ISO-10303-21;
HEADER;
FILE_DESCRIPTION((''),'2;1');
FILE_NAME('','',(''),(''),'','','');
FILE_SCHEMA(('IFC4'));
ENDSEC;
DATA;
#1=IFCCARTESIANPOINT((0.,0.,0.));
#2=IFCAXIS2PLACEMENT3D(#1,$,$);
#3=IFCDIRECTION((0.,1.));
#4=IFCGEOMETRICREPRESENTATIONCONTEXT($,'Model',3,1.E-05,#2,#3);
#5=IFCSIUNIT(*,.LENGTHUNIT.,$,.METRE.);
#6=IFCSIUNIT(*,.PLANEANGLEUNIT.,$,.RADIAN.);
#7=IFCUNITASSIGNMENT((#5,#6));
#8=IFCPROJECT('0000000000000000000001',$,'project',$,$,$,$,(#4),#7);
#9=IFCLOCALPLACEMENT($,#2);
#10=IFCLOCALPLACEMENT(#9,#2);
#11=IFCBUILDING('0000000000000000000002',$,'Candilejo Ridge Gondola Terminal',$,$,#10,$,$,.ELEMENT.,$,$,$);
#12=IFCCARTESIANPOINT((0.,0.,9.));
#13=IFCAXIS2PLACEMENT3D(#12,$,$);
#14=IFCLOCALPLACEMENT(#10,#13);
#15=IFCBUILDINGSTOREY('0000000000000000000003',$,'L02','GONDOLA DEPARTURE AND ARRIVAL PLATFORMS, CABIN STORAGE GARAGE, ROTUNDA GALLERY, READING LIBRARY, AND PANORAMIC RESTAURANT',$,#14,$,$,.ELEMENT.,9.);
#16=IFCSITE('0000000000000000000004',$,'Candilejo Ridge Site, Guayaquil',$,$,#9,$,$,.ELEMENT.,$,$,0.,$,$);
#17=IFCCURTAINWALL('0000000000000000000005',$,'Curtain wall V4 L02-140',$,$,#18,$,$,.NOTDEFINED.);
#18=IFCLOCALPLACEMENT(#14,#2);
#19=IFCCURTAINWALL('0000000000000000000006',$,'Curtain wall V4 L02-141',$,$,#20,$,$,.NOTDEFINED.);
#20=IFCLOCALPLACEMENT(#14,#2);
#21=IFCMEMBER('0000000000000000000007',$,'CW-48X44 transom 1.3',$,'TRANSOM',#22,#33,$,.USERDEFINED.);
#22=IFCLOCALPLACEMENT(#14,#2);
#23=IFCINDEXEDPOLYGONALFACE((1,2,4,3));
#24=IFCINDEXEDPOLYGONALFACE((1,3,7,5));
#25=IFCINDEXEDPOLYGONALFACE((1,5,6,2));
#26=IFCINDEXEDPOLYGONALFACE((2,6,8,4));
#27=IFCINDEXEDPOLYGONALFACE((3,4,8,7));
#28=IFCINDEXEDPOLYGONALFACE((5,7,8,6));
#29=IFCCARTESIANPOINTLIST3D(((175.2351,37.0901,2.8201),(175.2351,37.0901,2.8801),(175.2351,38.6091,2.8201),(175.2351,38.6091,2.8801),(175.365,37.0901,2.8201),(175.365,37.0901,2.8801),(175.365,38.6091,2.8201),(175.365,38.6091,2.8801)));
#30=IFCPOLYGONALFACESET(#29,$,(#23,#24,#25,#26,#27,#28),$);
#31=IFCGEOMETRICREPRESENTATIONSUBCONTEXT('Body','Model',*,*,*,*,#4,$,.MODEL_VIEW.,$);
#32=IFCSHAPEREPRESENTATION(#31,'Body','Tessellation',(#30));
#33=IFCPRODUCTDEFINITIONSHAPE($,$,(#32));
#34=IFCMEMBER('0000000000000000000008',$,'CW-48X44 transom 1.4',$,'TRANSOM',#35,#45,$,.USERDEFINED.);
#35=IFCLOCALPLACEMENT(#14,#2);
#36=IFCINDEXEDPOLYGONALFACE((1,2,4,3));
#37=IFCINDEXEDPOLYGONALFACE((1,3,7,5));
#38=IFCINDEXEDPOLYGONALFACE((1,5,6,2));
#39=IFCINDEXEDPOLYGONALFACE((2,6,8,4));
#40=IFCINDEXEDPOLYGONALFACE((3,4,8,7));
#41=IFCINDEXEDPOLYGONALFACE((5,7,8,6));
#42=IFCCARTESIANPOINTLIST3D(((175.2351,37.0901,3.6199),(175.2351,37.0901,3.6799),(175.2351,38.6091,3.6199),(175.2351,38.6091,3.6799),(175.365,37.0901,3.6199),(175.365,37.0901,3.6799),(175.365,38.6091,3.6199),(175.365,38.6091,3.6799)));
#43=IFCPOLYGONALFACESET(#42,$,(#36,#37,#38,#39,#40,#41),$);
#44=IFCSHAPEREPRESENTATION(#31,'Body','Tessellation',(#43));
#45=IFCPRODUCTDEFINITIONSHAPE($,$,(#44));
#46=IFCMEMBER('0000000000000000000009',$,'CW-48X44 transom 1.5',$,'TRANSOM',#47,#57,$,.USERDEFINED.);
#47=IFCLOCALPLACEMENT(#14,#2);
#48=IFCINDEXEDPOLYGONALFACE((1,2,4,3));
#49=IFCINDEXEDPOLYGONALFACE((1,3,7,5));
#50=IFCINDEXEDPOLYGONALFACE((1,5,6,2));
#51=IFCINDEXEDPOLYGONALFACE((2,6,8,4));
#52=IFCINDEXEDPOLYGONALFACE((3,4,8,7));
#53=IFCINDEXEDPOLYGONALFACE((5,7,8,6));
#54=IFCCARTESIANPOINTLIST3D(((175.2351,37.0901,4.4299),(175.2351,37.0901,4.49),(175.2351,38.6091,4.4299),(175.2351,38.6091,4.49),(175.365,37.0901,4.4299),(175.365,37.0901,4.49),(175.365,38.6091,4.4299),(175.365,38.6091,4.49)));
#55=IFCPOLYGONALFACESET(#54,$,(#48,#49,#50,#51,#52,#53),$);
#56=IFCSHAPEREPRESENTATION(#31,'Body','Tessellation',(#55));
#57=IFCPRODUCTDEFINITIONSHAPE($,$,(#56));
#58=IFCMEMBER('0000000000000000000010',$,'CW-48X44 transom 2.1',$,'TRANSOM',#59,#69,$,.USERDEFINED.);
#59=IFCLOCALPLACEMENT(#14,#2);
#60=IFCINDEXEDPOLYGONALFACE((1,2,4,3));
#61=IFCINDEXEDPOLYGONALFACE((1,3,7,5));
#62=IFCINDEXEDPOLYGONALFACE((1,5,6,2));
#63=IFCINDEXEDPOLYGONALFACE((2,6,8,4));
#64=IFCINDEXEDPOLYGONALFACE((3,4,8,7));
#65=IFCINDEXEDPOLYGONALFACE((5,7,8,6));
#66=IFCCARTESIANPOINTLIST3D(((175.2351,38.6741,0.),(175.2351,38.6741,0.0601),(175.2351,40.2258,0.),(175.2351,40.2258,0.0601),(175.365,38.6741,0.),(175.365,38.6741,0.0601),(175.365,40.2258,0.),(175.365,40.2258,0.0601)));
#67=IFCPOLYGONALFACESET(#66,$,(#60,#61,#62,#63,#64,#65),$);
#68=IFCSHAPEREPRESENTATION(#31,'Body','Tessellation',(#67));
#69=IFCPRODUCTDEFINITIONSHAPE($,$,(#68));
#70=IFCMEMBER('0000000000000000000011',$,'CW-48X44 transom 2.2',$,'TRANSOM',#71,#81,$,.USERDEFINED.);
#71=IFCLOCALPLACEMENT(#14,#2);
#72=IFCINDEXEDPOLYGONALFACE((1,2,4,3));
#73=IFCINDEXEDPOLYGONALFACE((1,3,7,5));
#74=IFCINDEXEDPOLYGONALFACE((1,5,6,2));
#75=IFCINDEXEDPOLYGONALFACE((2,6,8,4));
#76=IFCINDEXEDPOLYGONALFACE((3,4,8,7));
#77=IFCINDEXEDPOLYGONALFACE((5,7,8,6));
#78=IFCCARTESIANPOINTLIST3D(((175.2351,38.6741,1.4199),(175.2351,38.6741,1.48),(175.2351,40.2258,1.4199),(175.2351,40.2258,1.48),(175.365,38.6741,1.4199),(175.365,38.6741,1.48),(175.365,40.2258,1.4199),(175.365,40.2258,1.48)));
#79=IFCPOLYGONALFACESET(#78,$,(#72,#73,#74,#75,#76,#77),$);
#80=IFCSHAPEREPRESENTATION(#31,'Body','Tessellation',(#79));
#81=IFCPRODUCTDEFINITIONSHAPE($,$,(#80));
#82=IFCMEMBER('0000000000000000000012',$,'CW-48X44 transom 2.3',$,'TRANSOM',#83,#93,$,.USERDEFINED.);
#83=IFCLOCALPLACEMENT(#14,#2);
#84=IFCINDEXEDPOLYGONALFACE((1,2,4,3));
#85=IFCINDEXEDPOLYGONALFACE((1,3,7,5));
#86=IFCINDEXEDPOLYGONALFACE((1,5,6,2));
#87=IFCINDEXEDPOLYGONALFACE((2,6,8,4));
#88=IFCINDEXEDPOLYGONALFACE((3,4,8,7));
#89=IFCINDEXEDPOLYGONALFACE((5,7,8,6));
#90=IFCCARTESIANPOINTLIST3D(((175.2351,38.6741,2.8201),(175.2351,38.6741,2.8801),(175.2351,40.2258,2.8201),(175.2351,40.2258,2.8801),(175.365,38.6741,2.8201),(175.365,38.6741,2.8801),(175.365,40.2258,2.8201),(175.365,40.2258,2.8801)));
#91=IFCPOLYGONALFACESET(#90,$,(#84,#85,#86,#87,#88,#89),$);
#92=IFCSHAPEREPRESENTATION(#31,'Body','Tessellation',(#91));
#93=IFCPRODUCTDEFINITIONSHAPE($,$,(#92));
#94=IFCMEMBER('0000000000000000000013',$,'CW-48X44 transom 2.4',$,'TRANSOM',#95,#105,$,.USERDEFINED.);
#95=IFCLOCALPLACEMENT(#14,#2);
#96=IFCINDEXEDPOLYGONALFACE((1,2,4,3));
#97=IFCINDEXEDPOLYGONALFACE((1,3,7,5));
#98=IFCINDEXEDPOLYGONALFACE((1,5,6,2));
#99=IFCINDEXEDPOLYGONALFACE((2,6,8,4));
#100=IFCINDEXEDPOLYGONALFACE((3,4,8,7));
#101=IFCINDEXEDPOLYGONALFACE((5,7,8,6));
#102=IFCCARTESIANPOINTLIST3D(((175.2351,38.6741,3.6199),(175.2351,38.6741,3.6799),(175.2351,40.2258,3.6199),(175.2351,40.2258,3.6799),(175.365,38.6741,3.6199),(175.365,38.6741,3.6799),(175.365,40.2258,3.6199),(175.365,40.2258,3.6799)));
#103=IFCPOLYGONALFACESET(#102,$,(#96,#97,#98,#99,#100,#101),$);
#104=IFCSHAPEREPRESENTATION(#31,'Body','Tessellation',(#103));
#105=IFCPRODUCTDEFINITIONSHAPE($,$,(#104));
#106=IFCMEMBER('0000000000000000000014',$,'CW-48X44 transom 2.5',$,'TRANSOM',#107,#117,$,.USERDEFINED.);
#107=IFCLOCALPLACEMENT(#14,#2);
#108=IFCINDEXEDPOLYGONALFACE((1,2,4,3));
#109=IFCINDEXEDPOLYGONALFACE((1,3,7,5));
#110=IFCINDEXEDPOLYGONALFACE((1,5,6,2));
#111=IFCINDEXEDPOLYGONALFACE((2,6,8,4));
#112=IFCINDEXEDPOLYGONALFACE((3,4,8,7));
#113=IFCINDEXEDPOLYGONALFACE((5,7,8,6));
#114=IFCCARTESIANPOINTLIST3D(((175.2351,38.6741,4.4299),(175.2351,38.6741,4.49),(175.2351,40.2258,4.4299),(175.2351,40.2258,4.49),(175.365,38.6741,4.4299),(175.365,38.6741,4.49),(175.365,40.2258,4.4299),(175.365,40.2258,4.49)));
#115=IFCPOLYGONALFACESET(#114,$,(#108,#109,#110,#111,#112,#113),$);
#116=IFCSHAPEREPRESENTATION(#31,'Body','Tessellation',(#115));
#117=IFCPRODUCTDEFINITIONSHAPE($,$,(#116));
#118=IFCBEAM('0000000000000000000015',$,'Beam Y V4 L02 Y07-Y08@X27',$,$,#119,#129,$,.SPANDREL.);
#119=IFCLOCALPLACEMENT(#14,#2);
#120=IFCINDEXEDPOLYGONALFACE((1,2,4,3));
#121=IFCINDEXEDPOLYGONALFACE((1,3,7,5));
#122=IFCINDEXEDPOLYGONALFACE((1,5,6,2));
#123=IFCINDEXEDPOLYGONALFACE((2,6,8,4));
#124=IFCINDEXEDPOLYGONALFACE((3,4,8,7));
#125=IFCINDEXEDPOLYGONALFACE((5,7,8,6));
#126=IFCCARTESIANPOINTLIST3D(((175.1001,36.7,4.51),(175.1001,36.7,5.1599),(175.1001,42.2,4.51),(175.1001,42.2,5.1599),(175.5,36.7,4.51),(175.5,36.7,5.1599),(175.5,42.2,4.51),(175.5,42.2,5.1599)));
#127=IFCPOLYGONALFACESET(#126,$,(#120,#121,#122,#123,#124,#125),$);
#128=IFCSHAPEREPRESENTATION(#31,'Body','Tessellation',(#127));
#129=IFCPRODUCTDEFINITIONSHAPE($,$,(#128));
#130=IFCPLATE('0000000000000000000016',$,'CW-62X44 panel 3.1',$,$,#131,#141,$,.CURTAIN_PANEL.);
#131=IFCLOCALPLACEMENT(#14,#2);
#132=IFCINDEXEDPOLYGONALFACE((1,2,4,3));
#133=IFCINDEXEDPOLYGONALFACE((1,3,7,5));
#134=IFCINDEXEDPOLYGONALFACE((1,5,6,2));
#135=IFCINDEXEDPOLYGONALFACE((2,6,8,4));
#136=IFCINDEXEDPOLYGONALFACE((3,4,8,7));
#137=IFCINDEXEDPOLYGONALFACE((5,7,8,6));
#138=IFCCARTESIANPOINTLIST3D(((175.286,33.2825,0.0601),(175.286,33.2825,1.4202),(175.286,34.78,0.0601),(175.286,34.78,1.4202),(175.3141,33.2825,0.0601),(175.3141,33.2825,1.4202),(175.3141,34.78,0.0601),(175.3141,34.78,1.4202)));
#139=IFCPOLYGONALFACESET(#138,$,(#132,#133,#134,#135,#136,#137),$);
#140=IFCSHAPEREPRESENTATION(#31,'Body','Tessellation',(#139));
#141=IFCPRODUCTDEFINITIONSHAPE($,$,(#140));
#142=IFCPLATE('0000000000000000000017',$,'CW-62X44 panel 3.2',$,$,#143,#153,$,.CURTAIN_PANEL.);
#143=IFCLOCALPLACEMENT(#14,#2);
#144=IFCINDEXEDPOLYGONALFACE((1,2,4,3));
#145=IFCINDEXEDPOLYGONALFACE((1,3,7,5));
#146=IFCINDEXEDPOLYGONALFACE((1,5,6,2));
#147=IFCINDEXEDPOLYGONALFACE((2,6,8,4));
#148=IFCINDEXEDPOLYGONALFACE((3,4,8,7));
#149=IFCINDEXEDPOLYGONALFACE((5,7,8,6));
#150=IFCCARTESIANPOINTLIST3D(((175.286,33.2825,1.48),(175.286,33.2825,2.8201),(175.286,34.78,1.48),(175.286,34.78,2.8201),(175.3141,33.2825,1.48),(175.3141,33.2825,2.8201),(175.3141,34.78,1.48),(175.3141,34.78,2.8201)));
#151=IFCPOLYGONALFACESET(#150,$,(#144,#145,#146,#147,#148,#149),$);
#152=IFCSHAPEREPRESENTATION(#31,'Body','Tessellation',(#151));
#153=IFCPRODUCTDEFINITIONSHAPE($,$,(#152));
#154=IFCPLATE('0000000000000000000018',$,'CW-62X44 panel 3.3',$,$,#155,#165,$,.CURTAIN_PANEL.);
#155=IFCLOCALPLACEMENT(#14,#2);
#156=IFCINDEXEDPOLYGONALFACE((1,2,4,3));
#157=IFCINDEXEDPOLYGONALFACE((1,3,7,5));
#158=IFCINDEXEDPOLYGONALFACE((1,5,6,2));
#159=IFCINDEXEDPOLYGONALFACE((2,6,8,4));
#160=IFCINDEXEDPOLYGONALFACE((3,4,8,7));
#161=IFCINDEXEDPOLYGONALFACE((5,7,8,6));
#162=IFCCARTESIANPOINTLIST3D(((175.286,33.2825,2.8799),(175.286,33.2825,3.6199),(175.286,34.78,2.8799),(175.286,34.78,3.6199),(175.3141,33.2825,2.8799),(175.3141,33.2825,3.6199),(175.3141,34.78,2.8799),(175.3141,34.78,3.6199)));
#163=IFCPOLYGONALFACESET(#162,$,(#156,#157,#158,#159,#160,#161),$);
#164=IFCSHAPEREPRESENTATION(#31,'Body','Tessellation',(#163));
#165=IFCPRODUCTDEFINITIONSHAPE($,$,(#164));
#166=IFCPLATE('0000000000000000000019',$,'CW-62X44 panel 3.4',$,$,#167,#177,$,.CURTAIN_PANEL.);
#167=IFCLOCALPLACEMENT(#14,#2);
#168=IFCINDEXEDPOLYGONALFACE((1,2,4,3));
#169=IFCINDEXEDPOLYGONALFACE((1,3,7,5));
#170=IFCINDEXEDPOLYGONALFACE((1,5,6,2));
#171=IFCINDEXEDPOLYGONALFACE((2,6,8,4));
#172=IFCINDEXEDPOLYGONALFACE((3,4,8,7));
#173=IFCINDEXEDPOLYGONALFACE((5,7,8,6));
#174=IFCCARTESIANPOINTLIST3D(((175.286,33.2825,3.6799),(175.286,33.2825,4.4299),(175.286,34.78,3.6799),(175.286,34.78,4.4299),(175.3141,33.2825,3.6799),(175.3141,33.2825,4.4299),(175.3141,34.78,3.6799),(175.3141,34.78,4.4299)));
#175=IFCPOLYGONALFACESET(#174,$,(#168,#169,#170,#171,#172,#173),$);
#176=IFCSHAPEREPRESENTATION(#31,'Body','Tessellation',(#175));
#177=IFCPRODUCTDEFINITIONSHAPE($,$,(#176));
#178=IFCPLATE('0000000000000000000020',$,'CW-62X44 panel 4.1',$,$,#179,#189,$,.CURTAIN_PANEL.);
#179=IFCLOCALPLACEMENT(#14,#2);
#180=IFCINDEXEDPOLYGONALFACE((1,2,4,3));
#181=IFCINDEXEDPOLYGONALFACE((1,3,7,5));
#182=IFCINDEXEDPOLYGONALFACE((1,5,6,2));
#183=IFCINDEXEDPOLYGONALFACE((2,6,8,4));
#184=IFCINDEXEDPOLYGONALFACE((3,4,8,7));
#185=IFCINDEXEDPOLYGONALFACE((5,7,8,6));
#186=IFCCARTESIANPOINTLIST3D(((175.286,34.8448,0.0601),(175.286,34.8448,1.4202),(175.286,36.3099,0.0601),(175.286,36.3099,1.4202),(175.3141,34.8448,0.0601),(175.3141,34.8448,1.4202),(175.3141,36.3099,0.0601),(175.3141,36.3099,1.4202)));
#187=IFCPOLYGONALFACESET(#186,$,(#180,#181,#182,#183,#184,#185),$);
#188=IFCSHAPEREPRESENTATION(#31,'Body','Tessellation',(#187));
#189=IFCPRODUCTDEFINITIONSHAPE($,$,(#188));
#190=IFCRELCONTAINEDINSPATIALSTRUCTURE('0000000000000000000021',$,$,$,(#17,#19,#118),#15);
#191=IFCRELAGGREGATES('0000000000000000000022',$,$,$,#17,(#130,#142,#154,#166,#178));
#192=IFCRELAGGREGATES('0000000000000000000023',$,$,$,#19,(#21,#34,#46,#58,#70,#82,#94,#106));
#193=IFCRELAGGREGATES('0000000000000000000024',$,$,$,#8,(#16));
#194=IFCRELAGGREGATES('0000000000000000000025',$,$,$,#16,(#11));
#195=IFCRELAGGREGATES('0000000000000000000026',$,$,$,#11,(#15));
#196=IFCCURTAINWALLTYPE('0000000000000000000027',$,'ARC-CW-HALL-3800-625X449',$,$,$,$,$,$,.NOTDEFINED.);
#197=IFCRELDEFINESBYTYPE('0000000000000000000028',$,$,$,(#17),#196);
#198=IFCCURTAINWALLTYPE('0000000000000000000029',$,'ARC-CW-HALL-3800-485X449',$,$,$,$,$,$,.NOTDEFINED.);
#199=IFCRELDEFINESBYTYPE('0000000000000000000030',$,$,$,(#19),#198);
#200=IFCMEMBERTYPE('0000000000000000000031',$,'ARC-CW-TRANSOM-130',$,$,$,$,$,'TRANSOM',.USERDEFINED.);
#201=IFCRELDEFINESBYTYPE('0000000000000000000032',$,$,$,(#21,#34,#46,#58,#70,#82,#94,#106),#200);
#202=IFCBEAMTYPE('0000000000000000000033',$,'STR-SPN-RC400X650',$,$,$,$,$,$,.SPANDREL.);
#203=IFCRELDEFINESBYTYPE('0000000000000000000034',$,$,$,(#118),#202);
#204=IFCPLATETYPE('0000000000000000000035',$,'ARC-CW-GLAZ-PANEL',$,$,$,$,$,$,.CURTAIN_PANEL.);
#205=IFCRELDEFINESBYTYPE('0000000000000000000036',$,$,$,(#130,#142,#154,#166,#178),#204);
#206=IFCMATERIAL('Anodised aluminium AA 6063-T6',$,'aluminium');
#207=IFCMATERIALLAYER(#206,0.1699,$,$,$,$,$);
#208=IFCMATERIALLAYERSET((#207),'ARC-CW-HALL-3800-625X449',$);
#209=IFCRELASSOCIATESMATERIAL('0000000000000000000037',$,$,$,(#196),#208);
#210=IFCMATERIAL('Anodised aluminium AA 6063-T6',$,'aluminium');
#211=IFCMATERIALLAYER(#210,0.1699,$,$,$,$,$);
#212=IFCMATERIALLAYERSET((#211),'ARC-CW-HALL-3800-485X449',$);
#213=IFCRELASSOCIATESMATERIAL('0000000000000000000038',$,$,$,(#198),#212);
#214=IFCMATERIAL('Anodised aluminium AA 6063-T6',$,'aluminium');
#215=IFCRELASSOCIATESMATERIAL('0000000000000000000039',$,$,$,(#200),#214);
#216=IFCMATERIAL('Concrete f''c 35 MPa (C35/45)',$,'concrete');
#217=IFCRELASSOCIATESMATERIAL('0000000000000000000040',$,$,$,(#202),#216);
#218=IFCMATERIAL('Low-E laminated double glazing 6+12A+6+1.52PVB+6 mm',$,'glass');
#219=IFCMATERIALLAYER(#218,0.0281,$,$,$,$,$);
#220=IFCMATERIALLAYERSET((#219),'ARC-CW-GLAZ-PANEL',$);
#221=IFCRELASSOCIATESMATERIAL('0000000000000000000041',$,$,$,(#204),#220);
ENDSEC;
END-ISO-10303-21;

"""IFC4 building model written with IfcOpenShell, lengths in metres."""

from ifc_helpers import new_model, si_unit, direction, frame, origin, origin_2d, place, context, subcontext, project, spatial, rectangle, extrude, material, layer, layer_set, material_profile, profile_set, type_object, element, aggregate, save


model = new_model("IFC4")

# Units and contexts
model_context = context("Model", 3, precision=1e-05, world=origin(), true_north=direction((0.0, 1.0)))
body_context = subcontext(model_context, "Body", "Model", "MODEL_VIEW")
ifc_project = project(units=[si_unit("LENGTHUNIT", "METRE"), si_unit("PLANEANGLEUNIT", "RADIAN")], contexts=[model_context])

# Site, building, storey
site_placement = place(None, origin())
site = spatial("IfcSite", under=ifc_project, at=site_placement, Name="Candilejo Ridge Site, Guayaquil", CompositionType="ELEMENT", RefElevation=0.0)
building_placement = place(site_placement, origin())
building = spatial("IfcBuilding", under=site, at=building_placement, Name="Candilejo Ridge Gondola Terminal", CompositionType="ELEMENT")
storey_placement = place(building_placement, frame((0.0, 0.0, 9.0)))
storey = spatial("IfcBuildingStorey", under=building, at=storey_placement, Name="L02", Description="GONDOLA DEPARTURE AND ARRIVAL PLATFORMS, CABIN STORAGE GARAGE, ROTUNDA GALLERY, READING LIBRARY, AND PANORAMIC RESTAURANT", CompositionType="ELEMENT", Elevation=9.0)

# Curtain walls
ifc_material_1 = material(Name="Anodised aluminium AA 6063-T6", Category="aluminium")
ifc_layer_1 = layer(ifc_material_1, 0.1699)
ifc_layer_set_1 = layer_set([ifc_layer_1], Name="ARC-CW-HALL-3800-625X449")
curtain_wall_type_1 = type_object("IfcCurtainWallType", Name="ARC-CW-HALL-3800-625X449", PredefinedType="NOTDEFINED", material=ifc_layer_set_1)
curtain_wall_1_placement = place(storey_placement, origin())
curtain_wall_1 = element("IfcCurtainWall", 1, at=curtain_wall_1_placement, inside=storey, type_object=curtain_wall_type_1, Name="Curtain wall V4 L02-140", PredefinedType="NOTDEFINED")
ifc_material_2 = material(Name="Anodised aluminium AA 6063-T6", Category="aluminium")
ifc_layer_2 = layer(ifc_material_2, 0.1699)
ifc_layer_set_2 = layer_set([ifc_layer_2], Name="ARC-CW-HALL-3800-485X449")
curtain_wall_type_2 = type_object("IfcCurtainWallType", Name="ARC-CW-HALL-3800-485X449", PredefinedType="NOTDEFINED", material=ifc_layer_set_2)
curtain_wall_2_placement = place(storey_placement, origin())
curtain_wall_2 = element("IfcCurtainWall", 2, at=curtain_wall_2_placement, inside=storey, type_object=curtain_wall_type_2, Name="Curtain wall V4 L02-141", PredefinedType="NOTDEFINED")

# Members
ifc_material_3 = material(Name="Anodised aluminium AA 6063-T6", Category="aluminium")
ifc_material_profile_1 = material_profile(ifc_material_3, rectangle(XDim=0.1299, YDim=0.0601, at=origin_2d()))
ifc_profile_set_1 = profile_set([ifc_material_profile_1], Name="Anodised aluminium AA 6063-T6")
member_type_1 = type_object("IfcMemberType", Name="ARC-CW-TRANSOM-130", ElementType="TRANSOM", PredefinedType="USERDEFINED", material=ifc_profile_set_1)
member_1_placement = place(storey_placement, frame((175.3, 37.0901, 2.8501), z_axis=(0.0, 1.0, 0.0), x_axis=(-1.0, 0.0, 0.0)))
member_1 = element("IfcMember", 3, at=member_1_placement, type_object=member_type_1, Name="CW-48X44 transom 1.3", ObjectType="TRANSOM", PredefinedType="USERDEFINED", context=body_context, shape_type="SweptSolid", body=[
    extrude(rectangle(XDim=0.1299, YDim=0.0601, at=origin_2d()), origin(), (0.0, 0.0, 1.0), 1.519),
])
member_2_placement = place(storey_placement, frame((175.3, 37.0901, 3.6499), z_axis=(0.0, 1.0, 0.0), x_axis=(-1.0, 0.0, 0.0)))
member_2 = element("IfcMember", 4, at=member_2_placement, type_object=member_type_1, Name="CW-48X44 transom 1.4", ObjectType="TRANSOM", PredefinedType="USERDEFINED", context=body_context, shape_type="SweptSolid", body=[
    extrude(rectangle(XDim=0.1299, YDim=0.0601, at=origin_2d()), origin(), (0.0, 0.0, 1.0), 1.519),
])
member_3_placement = place(storey_placement, frame((175.3, 37.0901, 4.46), z_axis=(0.0, 1.0, 0.0), x_axis=(-1.0, 0.0, 0.0)))
member_3 = element("IfcMember", 5, at=member_3_placement, type_object=member_type_1, Name="CW-48X44 transom 1.5", ObjectType="TRANSOM", PredefinedType="USERDEFINED", context=body_context, shape_type="SweptSolid", body=[
    extrude(rectangle(XDim=0.1299, YDim=0.0601, at=origin_2d()), origin(), (0.0, 0.0, 1.0), 1.519),
])
member_4_placement = place(storey_placement, frame((175.3, 38.6741, 0.03), z_axis=(0.0, 1.0, 0.0), x_axis=(-1.0, 0.0, 0.0)))
member_4 = element("IfcMember", 6, at=member_4_placement, type_object=member_type_1, Name="CW-48X44 transom 2.1", ObjectType="TRANSOM", PredefinedType="USERDEFINED", context=body_context, shape_type="SweptSolid", body=[
    extrude(rectangle(XDim=0.1299, YDim=0.0601, at=origin_2d()), origin(), (0.0, 0.0, 1.0), 1.5518),
])
member_5_placement = place(storey_placement, frame((175.3, 38.6741, 1.45), z_axis=(0.0, 1.0, 0.0), x_axis=(-1.0, 0.0, 0.0)))
member_5 = element("IfcMember", 7, at=member_5_placement, type_object=member_type_1, Name="CW-48X44 transom 2.2", ObjectType="TRANSOM", PredefinedType="USERDEFINED", context=body_context, shape_type="SweptSolid", body=[
    extrude(rectangle(XDim=0.1299, YDim=0.0601, at=origin_2d()), origin(), (0.0, 0.0, 1.0), 1.5518),
])
member_6_placement = place(storey_placement, frame((175.3, 38.6741, 2.8501), z_axis=(0.0, 1.0, 0.0), x_axis=(-1.0, 0.0, 0.0)))
member_6 = element("IfcMember", 8, at=member_6_placement, type_object=member_type_1, Name="CW-48X44 transom 2.3", ObjectType="TRANSOM", PredefinedType="USERDEFINED", context=body_context, shape_type="SweptSolid", body=[
    extrude(rectangle(XDim=0.1299, YDim=0.0601, at=origin_2d()), origin(), (0.0, 0.0, 1.0), 1.5518),
])
member_7_placement = place(storey_placement, frame((175.3, 38.6741, 3.6499), z_axis=(0.0, 1.0, 0.0), x_axis=(-1.0, 0.0, 0.0)))
member_7 = element("IfcMember", 9, at=member_7_placement, type_object=member_type_1, Name="CW-48X44 transom 2.4", ObjectType="TRANSOM", PredefinedType="USERDEFINED", context=body_context, shape_type="SweptSolid", body=[
    extrude(rectangle(XDim=0.1299, YDim=0.0601, at=origin_2d()), origin(), (0.0, 0.0, 1.0), 1.5518),
])
member_8_placement = place(storey_placement, frame((175.3, 38.6741, 4.46), z_axis=(0.0, 1.0, 0.0), x_axis=(-1.0, 0.0, 0.0)))
member_8 = element("IfcMember", 10, at=member_8_placement, type_object=member_type_1, Name="CW-48X44 transom 2.5", ObjectType="TRANSOM", PredefinedType="USERDEFINED", context=body_context, shape_type="SweptSolid", body=[
    extrude(rectangle(XDim=0.1299, YDim=0.0601, at=origin_2d()), origin(), (0.0, 0.0, 1.0), 1.5518),
])

# Beam
ifc_material_4 = material(Name="Concrete f'c 35 MPa (C35/45)", Category="concrete")
ifc_material_profile_2 = material_profile(ifc_material_4, rectangle(XDim=0.3999, YDim=0.6499, at=origin_2d()))
ifc_profile_set_2 = profile_set([ifc_material_profile_2], Name="Concrete f'c 35 MPa (C35/45)")
beam_type = type_object("IfcBeamType", Name="STR-SPN-RC400X650", PredefinedType="SPANDREL", material=ifc_profile_set_2)
beam_placement = place(storey_placement, frame((175.3, 36.7, 4.835), z_axis=(0.0, 1.0, 0.0), x_axis=(-1.0, 0.0, 0.0)))
element("IfcBeam", 11, at=beam_placement, inside=storey, type_object=beam_type, Name="Beam Y V4 L02 Y07-Y08@X27", PredefinedType="SPANDREL", context=body_context, shape_type="SweptSolid", body=[
    extrude(rectangle(XDim=0.3999, YDim=0.6499, at=origin_2d()), origin(), (0.0, 0.0, 1.0), 5.5),
])

# Plates
ifc_material_5 = material(Name="Low-E laminated double glazing 6+12A+6+1.52PVB+6 mm", Category="glass")
ifc_layer_3 = layer(ifc_material_5, 0.0281)
ifc_layer_set_3 = layer_set([ifc_layer_3], Name="ARC-CW-GLAZ-PANEL")
plate_type = type_object("IfcPlateType", Name="ARC-CW-GLAZ-PANEL", PredefinedType="CURTAIN_PANEL", material=ifc_layer_set_3)
plate_1_placement = place(storey_placement, frame((175.3, 34.0312, 0.0601), z_axis=(0.0, 0.0, 1.0), x_axis=(0.0, 1.0, 0.0)))
plate_1 = element("IfcPlate", 12, at=plate_1_placement, type_object=plate_type, Name="CW-62X44 panel 3.1", PredefinedType="CURTAIN_PANEL", context=body_context, shape_type="SweptSolid", body=[
    extrude(rectangle(XDim=1.4976, YDim=0.0281, at=origin_2d()), origin(), (0.0, 0.0, 1.0), 1.3601),
])
plate_2_placement = place(storey_placement, frame((175.3, 34.0312, 1.48), z_axis=(0.0, 0.0, 1.0), x_axis=(0.0, 1.0, 0.0)))
plate_2 = element("IfcPlate", 13, at=plate_2_placement, type_object=plate_type, Name="CW-62X44 panel 3.2", PredefinedType="CURTAIN_PANEL", context=body_context, shape_type="SweptSolid", body=[
    extrude(rectangle(XDim=1.4976, YDim=0.0281, at=origin_2d()), origin(), (0.0, 0.0, 1.0), 1.3401),
])
plate_3_placement = place(storey_placement, frame((175.3, 34.0312, 2.8799), z_axis=(0.0, 0.0, 1.0), x_axis=(0.0, 1.0, 0.0)))
plate_3 = element("IfcPlate", 14, at=plate_3_placement, type_object=plate_type, Name="CW-62X44 panel 3.3", PredefinedType="CURTAIN_PANEL", context=body_context, shape_type="SweptSolid", body=[
    extrude(rectangle(XDim=1.4976, YDim=0.0281, at=origin_2d()), origin(), (0.0, 0.0, 1.0), 0.74),
])
plate_4_placement = place(storey_placement, frame((175.3, 34.0312, 3.6799), z_axis=(0.0, 0.0, 1.0), x_axis=(0.0, 1.0, 0.0)))
plate_4 = element("IfcPlate", 15, at=plate_4_placement, type_object=plate_type, Name="CW-62X44 panel 3.4", PredefinedType="CURTAIN_PANEL", context=body_context, shape_type="SweptSolid", body=[
    extrude(rectangle(XDim=1.4976, YDim=0.0281, at=origin_2d()), origin(), (0.0, 0.0, 1.0), 0.75),
])
plate_5_placement = place(storey_placement, frame((175.3, 35.5774, 0.0601), z_axis=(0.0, 0.0, 1.0), x_axis=(0.0, 1.0, 0.0)))
plate_5 = element("IfcPlate", 16, at=plate_5_placement, type_object=plate_type, Name="CW-62X44 panel 4.1", PredefinedType="CURTAIN_PANEL", context=body_context, shape_type="SweptSolid", body=[
    extrude(rectangle(XDim=1.4651, YDim=0.0281, at=origin_2d()), origin(), (0.0, 0.0, 1.0), 1.3601),
])
aggregate(curtain_wall_1, [plate_1, plate_2, plate_3, plate_4, plate_5])
aggregate(curtain_wall_2, [member_1, member_2, member_3, member_4, member_5, member_6, member_7, member_8])

save(model, "model.ifc")
